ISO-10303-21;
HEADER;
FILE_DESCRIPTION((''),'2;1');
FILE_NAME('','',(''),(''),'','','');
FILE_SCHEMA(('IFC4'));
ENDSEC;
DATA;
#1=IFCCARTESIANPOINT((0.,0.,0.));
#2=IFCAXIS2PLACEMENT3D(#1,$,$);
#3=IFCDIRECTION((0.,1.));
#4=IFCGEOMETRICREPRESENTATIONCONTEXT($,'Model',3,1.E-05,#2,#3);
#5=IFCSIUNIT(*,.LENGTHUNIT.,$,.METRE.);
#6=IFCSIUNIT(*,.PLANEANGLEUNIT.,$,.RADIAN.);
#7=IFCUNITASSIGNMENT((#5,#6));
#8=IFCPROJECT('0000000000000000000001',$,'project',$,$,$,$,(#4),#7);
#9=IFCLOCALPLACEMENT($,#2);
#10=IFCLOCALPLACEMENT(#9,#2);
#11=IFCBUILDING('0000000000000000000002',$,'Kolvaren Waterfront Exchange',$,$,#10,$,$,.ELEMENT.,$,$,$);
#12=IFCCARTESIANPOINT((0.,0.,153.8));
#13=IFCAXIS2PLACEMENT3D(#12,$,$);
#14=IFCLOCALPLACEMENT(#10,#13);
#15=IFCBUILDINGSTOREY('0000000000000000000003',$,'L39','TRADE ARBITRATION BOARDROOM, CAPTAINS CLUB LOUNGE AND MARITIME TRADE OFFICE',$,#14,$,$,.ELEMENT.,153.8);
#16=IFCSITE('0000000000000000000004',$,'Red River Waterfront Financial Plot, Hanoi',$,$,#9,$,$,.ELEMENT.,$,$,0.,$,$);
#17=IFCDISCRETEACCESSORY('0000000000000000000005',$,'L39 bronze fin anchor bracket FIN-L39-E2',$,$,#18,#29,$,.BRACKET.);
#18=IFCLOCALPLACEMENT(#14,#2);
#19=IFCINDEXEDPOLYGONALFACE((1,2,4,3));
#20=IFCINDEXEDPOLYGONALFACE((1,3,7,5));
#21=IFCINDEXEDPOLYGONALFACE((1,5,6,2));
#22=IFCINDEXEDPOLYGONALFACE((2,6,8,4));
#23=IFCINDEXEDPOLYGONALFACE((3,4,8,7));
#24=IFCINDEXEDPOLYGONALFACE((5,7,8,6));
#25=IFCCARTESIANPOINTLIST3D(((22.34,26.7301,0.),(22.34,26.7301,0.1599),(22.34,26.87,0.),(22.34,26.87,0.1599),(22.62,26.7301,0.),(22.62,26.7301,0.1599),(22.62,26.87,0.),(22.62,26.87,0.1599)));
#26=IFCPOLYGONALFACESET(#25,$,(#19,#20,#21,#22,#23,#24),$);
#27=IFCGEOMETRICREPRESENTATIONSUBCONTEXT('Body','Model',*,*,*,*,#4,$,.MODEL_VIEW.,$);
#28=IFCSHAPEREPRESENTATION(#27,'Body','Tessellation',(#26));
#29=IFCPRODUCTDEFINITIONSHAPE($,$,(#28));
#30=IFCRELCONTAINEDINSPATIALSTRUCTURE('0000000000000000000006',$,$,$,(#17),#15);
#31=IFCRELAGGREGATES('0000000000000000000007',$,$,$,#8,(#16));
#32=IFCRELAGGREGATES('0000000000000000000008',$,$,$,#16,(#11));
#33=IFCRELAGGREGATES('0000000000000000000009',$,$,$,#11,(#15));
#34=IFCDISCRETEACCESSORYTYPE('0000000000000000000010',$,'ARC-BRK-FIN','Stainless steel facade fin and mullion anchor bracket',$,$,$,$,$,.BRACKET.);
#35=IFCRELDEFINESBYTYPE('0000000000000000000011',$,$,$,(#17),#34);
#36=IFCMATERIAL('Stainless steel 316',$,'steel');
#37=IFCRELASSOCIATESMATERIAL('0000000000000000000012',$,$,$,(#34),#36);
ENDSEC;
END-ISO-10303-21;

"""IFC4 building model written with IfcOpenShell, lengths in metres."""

from ifc_helpers import new_model, si_unit, direction, frame, origin, origin_with_axes, origin_2d, place, context, subcontext, project, spatial, rectangle, extrude, source, transform, mapped, material, type_object, element, save


model = new_model("IFC4")

# Units and contexts
model_context = context("Model", 3, precision=1e-05, world=origin(), true_north=direction((0.0, 1.0)))
body_context = subcontext(model_context, "Body", "Model", "MODEL_VIEW")
ifc_project = project(units=[si_unit("LENGTHUNIT", "METRE"), si_unit("PLANEANGLEUNIT", "RADIAN")], contexts=[model_context])

# Site, building, storey
site_placement = place(None, origin())
site = spatial("IfcSite", under=ifc_project, at=site_placement, Name="Red River Waterfront Financial Plot, Hanoi", CompositionType="ELEMENT", RefElevation=0.0)
building_placement = place(site_placement, origin())
building = spatial("IfcBuilding", under=site, at=building_placement, Name="Kolvaren Waterfront Exchange", CompositionType="ELEMENT")
storey_placement = place(building_placement, frame((0.0, 0.0, 153.8)))
storey = spatial("IfcBuildingStorey", under=building, at=storey_placement, Name="L39", Description="TRADE ARBITRATION BOARDROOM, CAPTAINS CLUB LOUNGE AND MARITIME TRADE OFFICE", CompositionType="ELEMENT", Elevation=153.8)

# Shared definitions
ifc_material_1 = material(Name="Stainless steel 316", Category="steel")

# Discrete accessory
discrete_accessory_type = type_object("IfcDiscreteAccessoryType", Name="ARC-BRK-FIN", Description="Stainless steel facade fin and mullion anchor bracket", PredefinedType="BRACKET", material=ifc_material_1)
shared_shape = source(origin_with_axes(), body_context, "Body", "SweptSolid", [
    extrude(rectangle(XDim=0.28, YDim=0.1399, at=origin_2d()), origin(), (0.0, 0.0, 1.0), 0.1599),
])
for number, where, z_axis, x_axis, name in (
    (1, (22.48, 26.8, 0.0), (0.0, 0.0, 1.0), (1.0, 0.0, 0.0), "L39 bronze fin anchor bracket FIN-L39-E2"),
):
    element("IfcDiscreteAccessory", number, at=place(storey_placement, frame(where, z_axis=z_axis, x_axis=x_axis)), inside=storey, type_object=discrete_accessory_type, Name=name, PredefinedType="BRACKET", context=body_context, shape_type="MappedRepresentation", body=[
        mapped(shared_shape, transform((0.0, 0.0, 0.0), x_axis=(1.0, 0.0, 0.0), y_axis=(0.0, 1.0, 0.0), z_axis=(0.0, 0.0, 1.0), scale=1.0)),
    ])

save(model, "model.ifc")
